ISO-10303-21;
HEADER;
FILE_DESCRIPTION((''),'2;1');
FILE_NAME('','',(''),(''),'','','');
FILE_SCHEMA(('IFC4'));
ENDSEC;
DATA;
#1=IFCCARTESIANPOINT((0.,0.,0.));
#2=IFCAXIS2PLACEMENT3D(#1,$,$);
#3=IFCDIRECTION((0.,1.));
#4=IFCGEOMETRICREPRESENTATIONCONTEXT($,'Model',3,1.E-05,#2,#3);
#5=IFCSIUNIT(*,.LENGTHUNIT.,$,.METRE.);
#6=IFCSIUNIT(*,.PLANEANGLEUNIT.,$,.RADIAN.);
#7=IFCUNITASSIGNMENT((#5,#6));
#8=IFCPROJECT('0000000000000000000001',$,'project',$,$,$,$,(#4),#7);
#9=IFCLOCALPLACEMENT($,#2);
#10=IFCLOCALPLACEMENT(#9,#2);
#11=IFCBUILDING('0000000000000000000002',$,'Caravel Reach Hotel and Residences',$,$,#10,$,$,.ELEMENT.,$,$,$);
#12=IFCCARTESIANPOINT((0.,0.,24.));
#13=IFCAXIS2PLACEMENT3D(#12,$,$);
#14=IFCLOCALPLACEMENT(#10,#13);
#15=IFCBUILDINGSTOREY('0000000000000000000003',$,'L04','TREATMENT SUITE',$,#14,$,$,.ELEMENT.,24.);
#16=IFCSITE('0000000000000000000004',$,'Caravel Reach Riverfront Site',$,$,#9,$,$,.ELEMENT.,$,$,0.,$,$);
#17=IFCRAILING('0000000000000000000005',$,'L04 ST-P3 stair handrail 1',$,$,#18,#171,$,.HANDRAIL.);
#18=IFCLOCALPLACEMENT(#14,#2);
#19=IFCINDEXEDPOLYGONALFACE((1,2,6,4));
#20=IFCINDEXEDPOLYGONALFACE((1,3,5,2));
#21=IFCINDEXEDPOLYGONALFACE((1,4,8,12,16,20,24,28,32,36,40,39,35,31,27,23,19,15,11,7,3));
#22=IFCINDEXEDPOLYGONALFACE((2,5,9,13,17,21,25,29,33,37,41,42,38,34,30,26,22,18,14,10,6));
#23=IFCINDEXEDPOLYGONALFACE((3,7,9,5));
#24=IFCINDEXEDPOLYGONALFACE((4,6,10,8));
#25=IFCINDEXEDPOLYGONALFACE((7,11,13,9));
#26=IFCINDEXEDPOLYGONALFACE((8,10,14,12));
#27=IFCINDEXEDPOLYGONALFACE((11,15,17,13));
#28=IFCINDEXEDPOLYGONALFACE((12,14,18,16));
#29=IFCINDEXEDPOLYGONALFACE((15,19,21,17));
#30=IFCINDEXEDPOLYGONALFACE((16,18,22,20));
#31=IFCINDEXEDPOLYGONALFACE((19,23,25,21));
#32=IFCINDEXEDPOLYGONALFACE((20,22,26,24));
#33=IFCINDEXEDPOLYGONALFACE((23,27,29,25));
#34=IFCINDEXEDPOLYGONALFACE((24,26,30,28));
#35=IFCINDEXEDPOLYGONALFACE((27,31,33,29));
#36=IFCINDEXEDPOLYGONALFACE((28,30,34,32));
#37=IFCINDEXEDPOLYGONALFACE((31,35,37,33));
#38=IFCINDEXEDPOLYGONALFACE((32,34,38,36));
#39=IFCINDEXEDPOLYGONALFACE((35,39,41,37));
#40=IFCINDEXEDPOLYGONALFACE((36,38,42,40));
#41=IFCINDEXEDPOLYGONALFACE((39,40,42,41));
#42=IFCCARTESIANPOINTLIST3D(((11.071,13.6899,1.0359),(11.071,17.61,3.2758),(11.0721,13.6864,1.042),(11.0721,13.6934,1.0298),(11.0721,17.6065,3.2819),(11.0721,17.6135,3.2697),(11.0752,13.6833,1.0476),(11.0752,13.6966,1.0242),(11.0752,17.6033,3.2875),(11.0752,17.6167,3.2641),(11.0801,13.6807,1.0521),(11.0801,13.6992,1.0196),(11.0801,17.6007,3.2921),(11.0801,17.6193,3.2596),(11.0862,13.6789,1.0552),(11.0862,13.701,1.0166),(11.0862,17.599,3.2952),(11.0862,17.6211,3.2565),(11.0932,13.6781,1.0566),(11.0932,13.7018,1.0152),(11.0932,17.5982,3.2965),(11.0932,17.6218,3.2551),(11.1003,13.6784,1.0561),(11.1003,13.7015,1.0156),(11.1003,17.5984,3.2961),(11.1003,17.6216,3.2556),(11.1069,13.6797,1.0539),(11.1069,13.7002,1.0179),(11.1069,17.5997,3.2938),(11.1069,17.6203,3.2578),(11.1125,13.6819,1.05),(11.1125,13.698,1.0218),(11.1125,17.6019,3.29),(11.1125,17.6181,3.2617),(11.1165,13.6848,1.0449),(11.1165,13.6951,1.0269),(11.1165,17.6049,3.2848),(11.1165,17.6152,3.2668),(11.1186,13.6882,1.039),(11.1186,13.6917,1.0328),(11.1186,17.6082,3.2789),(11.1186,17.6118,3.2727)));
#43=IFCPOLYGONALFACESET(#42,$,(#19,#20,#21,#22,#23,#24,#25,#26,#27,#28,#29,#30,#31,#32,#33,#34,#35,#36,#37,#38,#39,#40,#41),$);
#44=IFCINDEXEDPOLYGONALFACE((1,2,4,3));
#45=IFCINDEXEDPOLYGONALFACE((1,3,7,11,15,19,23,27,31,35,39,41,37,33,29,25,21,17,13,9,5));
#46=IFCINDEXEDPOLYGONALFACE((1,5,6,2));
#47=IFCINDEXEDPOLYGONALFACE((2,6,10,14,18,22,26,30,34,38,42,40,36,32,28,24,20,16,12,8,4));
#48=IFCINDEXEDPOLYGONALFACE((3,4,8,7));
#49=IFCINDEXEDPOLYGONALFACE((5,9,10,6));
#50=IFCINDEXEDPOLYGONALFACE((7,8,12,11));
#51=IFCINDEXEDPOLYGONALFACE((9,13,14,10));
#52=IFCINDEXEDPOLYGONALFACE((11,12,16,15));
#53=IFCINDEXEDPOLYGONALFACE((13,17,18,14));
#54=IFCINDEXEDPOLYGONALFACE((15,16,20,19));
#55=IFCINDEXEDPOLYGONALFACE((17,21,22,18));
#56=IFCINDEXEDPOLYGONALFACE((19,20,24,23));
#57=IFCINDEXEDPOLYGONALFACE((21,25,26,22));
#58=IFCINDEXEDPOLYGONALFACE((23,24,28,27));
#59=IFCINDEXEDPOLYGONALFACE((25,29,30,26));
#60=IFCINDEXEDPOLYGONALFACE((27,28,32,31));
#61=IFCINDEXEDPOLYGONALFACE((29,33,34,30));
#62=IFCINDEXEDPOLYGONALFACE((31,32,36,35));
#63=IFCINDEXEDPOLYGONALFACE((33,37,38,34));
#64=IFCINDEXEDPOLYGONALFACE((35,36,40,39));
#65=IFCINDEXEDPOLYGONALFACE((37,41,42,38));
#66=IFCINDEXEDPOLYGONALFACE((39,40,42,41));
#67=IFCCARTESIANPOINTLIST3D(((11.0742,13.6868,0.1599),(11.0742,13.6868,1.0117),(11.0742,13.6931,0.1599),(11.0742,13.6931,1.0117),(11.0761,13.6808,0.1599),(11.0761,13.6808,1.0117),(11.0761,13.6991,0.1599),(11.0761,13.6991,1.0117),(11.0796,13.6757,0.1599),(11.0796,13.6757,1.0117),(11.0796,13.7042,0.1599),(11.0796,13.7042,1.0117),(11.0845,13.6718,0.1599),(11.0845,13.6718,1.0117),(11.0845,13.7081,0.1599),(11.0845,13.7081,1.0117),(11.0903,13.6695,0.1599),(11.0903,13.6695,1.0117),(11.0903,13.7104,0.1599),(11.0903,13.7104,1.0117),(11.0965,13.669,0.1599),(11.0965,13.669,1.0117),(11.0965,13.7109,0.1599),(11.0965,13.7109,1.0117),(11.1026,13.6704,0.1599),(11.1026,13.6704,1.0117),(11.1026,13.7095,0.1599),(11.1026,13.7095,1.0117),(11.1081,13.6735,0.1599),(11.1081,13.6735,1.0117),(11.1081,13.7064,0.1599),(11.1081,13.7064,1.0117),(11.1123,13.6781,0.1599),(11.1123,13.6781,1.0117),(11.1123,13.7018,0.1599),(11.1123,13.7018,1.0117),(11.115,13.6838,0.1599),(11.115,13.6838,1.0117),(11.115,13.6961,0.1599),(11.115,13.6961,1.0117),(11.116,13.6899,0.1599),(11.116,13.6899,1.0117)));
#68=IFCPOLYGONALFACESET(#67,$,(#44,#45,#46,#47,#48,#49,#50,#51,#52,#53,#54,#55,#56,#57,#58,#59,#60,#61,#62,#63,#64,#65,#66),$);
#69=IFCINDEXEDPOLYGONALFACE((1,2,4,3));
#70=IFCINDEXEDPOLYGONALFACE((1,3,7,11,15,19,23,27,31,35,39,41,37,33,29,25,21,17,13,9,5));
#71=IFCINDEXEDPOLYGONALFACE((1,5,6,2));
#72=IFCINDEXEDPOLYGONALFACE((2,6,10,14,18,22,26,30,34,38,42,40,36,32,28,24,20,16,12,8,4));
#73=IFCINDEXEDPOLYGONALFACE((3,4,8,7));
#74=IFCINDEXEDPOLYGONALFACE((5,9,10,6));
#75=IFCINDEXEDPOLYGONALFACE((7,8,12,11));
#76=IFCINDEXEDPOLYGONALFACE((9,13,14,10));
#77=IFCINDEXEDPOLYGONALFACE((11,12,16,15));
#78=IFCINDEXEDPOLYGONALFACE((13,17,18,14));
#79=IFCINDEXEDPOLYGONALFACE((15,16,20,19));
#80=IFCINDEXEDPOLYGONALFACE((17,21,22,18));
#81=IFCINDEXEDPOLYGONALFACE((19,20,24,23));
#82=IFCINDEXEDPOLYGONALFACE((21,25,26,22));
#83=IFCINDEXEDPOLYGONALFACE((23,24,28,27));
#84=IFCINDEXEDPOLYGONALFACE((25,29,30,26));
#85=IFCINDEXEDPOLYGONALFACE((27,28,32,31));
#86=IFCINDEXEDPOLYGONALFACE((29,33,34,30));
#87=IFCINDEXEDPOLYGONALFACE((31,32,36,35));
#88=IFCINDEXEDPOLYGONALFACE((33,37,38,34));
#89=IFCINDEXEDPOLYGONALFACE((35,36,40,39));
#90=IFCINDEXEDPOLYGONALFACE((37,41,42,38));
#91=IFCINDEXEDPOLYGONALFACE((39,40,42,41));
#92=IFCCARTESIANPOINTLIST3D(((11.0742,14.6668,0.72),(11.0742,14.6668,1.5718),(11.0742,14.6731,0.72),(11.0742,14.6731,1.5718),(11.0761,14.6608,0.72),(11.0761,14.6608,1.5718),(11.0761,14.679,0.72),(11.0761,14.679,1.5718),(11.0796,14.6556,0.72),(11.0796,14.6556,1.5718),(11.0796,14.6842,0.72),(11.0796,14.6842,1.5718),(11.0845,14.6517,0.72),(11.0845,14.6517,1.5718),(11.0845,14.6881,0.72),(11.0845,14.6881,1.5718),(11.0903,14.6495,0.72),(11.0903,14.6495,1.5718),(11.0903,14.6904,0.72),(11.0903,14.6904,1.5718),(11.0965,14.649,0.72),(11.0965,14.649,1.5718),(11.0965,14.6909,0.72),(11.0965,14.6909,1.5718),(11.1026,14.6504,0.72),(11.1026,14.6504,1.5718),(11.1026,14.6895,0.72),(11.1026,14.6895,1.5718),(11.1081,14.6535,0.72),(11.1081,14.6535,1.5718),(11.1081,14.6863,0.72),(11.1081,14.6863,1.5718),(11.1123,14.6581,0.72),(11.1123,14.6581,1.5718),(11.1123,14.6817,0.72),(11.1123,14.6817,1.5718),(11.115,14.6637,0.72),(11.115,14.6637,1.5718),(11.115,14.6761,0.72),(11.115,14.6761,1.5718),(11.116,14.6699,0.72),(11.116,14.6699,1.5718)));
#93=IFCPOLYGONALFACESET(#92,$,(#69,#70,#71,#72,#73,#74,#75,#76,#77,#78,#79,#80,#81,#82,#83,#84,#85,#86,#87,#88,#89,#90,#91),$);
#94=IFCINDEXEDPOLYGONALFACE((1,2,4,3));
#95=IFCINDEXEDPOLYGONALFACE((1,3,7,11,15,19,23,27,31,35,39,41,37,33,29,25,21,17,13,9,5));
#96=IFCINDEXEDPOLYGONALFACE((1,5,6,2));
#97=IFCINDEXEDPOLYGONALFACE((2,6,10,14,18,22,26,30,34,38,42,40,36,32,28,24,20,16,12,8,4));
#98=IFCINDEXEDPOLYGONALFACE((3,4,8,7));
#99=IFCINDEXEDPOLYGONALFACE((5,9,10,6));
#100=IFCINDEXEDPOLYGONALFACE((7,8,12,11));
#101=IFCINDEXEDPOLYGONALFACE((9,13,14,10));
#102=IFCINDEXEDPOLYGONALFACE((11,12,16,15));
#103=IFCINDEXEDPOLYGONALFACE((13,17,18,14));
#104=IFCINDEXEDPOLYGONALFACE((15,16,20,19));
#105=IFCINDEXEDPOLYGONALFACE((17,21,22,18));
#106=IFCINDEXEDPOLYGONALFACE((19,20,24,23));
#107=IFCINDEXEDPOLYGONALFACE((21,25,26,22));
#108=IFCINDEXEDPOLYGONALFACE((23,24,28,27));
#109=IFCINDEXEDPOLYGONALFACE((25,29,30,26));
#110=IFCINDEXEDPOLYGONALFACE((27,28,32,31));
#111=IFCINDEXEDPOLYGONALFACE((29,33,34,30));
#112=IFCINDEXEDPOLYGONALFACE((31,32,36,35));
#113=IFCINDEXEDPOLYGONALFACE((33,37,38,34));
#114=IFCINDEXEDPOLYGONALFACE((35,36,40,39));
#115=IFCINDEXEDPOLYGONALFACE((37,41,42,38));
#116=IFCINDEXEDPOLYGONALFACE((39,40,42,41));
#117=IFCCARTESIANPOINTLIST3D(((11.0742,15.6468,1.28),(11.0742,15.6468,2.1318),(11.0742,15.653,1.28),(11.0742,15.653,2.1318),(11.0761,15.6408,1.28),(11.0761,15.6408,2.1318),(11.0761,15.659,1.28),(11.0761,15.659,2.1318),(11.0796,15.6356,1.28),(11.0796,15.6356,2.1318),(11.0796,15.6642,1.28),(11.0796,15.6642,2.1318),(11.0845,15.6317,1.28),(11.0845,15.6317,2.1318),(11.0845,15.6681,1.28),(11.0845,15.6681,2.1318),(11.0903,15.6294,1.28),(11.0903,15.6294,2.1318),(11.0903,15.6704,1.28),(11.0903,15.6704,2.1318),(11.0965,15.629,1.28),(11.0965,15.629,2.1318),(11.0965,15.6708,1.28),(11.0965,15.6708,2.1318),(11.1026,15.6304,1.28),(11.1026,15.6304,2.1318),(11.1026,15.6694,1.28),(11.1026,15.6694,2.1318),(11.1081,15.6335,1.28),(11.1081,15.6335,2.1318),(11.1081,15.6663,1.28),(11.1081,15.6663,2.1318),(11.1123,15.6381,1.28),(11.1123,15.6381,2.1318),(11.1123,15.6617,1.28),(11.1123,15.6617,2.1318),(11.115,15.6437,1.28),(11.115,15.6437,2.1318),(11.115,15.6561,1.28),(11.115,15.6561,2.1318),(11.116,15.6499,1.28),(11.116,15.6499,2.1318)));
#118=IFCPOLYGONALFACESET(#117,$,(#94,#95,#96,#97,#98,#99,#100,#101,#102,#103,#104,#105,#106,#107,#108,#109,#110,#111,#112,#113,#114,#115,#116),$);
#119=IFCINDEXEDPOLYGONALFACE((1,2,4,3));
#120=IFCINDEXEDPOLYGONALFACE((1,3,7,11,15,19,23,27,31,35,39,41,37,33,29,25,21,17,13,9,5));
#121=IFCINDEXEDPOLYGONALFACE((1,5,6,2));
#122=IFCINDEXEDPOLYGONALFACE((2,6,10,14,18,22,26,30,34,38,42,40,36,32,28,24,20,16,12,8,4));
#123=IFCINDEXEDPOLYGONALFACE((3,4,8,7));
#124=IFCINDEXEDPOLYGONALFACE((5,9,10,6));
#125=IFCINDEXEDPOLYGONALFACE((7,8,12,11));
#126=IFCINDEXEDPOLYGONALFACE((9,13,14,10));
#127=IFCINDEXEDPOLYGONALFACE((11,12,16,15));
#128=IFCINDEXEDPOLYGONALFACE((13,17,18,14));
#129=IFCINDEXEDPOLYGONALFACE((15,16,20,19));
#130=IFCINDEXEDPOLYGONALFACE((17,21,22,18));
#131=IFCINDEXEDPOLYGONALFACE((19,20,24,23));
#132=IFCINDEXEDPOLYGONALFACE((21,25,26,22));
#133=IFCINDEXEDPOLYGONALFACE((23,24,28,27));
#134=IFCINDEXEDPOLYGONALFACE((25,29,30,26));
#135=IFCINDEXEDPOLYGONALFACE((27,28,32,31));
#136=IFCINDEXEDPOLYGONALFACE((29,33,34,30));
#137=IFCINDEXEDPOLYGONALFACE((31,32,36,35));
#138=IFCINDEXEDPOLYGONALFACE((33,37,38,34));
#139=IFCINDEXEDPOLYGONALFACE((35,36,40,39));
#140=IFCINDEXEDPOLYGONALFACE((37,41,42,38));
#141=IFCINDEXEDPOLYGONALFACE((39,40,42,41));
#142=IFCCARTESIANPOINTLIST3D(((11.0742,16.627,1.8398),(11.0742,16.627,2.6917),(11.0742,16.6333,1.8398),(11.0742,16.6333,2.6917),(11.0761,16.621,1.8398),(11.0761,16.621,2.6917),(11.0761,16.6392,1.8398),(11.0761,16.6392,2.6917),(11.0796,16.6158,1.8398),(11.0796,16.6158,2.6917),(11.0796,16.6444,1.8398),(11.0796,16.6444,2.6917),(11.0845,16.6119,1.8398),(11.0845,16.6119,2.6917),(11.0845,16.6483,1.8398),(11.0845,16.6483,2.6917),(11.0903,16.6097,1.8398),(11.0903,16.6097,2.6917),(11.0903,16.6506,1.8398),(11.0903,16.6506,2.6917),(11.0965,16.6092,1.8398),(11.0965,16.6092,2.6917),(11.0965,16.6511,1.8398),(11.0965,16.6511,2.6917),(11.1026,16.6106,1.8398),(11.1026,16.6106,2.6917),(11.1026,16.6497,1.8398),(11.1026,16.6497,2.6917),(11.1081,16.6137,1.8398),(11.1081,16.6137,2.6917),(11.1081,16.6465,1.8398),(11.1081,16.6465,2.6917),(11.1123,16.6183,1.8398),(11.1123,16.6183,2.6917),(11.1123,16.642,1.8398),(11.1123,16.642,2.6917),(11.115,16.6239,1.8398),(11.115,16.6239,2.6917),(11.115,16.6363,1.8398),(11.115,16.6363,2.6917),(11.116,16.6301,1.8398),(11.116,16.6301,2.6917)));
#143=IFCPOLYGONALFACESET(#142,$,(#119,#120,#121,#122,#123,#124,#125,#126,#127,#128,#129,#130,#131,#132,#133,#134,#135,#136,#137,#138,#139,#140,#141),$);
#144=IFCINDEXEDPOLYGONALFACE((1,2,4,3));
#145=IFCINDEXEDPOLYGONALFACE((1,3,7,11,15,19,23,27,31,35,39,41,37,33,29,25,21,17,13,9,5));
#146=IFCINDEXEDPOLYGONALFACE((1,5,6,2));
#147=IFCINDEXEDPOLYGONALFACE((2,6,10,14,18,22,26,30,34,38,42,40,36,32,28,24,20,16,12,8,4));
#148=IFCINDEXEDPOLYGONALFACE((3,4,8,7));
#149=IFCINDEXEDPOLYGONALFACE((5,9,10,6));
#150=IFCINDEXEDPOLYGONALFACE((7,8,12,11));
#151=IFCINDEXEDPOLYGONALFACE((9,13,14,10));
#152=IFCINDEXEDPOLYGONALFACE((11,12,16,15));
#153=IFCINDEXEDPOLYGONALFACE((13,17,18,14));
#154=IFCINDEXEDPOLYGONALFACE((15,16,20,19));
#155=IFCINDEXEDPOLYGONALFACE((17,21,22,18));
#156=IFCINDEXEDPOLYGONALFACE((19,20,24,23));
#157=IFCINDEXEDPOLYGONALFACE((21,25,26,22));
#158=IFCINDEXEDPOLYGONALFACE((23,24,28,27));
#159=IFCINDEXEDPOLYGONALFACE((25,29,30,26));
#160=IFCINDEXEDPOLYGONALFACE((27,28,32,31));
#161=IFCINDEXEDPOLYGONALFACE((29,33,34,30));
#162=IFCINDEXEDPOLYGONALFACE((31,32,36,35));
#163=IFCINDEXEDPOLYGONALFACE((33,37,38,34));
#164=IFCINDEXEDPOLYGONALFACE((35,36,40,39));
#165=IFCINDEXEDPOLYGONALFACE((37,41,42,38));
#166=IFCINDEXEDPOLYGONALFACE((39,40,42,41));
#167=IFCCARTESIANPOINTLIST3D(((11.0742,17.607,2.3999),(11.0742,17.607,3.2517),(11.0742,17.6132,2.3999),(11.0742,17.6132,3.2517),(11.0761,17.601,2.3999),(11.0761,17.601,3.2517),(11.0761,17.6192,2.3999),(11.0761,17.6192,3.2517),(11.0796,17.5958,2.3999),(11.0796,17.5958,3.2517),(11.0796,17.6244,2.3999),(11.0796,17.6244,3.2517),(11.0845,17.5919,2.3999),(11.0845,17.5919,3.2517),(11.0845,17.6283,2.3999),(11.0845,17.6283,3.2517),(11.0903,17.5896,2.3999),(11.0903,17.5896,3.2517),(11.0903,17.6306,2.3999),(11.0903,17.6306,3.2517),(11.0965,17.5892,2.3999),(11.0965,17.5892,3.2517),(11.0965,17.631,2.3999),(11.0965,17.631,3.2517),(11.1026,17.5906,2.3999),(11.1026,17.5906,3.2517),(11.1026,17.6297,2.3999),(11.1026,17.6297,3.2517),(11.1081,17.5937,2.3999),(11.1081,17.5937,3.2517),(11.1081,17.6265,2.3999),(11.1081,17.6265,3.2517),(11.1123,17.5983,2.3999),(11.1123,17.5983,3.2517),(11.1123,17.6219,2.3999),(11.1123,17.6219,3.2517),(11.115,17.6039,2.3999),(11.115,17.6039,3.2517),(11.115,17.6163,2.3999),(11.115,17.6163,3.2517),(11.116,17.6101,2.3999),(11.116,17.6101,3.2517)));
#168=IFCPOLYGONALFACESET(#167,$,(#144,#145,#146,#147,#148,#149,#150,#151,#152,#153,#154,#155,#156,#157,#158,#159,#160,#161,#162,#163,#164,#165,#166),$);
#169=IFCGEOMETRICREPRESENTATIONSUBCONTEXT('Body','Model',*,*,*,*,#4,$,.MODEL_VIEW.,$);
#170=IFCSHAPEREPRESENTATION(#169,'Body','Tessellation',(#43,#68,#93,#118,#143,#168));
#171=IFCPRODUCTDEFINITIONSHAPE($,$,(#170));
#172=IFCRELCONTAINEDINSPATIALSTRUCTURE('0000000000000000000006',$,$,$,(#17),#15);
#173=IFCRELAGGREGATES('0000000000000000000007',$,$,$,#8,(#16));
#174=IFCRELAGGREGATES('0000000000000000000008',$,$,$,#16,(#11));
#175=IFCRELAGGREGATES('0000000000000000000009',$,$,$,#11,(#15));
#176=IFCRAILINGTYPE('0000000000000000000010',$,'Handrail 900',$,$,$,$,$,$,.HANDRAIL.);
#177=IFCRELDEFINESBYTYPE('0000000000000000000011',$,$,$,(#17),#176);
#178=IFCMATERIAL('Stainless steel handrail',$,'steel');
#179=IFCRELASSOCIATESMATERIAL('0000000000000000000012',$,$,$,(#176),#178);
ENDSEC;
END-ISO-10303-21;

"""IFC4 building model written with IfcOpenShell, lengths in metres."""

from ifc_helpers import new_model, si_unit, direction, frame, origin, origin_2d, place, context, subcontext, project, spatial, circle, extrude, material, type_object, element, save


model = new_model("IFC4")

# Units and contexts
model_context = context("Model", 3, precision=1e-05, world=origin(), true_north=direction((0.0, 1.0)))
body_context = subcontext(model_context, "Body", "Model", "MODEL_VIEW")
ifc_project = project(units=[si_unit("LENGTHUNIT", "METRE"), si_unit("PLANEANGLEUNIT", "RADIAN")], contexts=[model_context])

# Site, building, storey
site_placement = place(None, origin())
site = spatial("IfcSite", under=ifc_project, at=site_placement, Name="Caravel Reach Riverfront Site", CompositionType="ELEMENT", RefElevation=0.0)
building_placement = place(site_placement, origin())
building = spatial("IfcBuilding", under=site, at=building_placement, Name="Caravel Reach Hotel and Residences", CompositionType="ELEMENT")
storey_placement = place(building_placement, frame((0.0, 0.0, 24.0)))
storey = spatial("IfcBuildingStorey", under=building, at=storey_placement, Name="L04", Description="TREATMENT SUITE", CompositionType="ELEMENT", Elevation=24.0)

# Railing
ifc_material_1 = material(Name="Stainless steel handrail", Category="steel")
railing_type = type_object("IfcRailingType", Name="Handrail 900", PredefinedType="HANDRAIL", material=ifc_material_1)
railing_placement = place(storey_placement, frame((11.095, 13.6899, 0.1599)))
element("IfcRailing", 1, at=railing_placement, inside=storey, type_object=railing_type, Name="L04 ST-P3 stair handrail 1", PredefinedType="HANDRAIL", context=body_context, shape_type="SweptSolid", body=[
    extrude(circle(Radius=0.0239, at=origin_2d()), frame((0.0, 0.0, 0.876), z_axis=(0.0, 0.868253, 0.496121), x_axis=(-1.0, 0.0, 0.0)), (0.0, 0.0, 1.0), 4.5149),
    extrude(circle(Radius=0.021, at=origin_2d()), origin(), (0.0, 0.0, 1.0), 0.8518),
    extrude(circle(Radius=0.021, at=origin_2d()), frame((0.0, 0.98, 0.5601)), (0.0, 0.0, 1.0), 0.8518),
    extrude(circle(Radius=0.021, at=origin_2d()), frame((0.0, 1.96, 1.1201)), (0.0, 0.0, 1.0), 0.8518),
    extrude(circle(Radius=0.021, at=origin_2d()), frame((0.0, 2.9402, 1.6799)), (0.0, 0.0, 1.0), 0.8518),
    extrude(circle(Radius=0.021, at=origin_2d()), frame((0.0, 3.9202, 2.24)), (0.0, 0.0, 1.0), 0.8518),
])

save(model, "model.ifc")
